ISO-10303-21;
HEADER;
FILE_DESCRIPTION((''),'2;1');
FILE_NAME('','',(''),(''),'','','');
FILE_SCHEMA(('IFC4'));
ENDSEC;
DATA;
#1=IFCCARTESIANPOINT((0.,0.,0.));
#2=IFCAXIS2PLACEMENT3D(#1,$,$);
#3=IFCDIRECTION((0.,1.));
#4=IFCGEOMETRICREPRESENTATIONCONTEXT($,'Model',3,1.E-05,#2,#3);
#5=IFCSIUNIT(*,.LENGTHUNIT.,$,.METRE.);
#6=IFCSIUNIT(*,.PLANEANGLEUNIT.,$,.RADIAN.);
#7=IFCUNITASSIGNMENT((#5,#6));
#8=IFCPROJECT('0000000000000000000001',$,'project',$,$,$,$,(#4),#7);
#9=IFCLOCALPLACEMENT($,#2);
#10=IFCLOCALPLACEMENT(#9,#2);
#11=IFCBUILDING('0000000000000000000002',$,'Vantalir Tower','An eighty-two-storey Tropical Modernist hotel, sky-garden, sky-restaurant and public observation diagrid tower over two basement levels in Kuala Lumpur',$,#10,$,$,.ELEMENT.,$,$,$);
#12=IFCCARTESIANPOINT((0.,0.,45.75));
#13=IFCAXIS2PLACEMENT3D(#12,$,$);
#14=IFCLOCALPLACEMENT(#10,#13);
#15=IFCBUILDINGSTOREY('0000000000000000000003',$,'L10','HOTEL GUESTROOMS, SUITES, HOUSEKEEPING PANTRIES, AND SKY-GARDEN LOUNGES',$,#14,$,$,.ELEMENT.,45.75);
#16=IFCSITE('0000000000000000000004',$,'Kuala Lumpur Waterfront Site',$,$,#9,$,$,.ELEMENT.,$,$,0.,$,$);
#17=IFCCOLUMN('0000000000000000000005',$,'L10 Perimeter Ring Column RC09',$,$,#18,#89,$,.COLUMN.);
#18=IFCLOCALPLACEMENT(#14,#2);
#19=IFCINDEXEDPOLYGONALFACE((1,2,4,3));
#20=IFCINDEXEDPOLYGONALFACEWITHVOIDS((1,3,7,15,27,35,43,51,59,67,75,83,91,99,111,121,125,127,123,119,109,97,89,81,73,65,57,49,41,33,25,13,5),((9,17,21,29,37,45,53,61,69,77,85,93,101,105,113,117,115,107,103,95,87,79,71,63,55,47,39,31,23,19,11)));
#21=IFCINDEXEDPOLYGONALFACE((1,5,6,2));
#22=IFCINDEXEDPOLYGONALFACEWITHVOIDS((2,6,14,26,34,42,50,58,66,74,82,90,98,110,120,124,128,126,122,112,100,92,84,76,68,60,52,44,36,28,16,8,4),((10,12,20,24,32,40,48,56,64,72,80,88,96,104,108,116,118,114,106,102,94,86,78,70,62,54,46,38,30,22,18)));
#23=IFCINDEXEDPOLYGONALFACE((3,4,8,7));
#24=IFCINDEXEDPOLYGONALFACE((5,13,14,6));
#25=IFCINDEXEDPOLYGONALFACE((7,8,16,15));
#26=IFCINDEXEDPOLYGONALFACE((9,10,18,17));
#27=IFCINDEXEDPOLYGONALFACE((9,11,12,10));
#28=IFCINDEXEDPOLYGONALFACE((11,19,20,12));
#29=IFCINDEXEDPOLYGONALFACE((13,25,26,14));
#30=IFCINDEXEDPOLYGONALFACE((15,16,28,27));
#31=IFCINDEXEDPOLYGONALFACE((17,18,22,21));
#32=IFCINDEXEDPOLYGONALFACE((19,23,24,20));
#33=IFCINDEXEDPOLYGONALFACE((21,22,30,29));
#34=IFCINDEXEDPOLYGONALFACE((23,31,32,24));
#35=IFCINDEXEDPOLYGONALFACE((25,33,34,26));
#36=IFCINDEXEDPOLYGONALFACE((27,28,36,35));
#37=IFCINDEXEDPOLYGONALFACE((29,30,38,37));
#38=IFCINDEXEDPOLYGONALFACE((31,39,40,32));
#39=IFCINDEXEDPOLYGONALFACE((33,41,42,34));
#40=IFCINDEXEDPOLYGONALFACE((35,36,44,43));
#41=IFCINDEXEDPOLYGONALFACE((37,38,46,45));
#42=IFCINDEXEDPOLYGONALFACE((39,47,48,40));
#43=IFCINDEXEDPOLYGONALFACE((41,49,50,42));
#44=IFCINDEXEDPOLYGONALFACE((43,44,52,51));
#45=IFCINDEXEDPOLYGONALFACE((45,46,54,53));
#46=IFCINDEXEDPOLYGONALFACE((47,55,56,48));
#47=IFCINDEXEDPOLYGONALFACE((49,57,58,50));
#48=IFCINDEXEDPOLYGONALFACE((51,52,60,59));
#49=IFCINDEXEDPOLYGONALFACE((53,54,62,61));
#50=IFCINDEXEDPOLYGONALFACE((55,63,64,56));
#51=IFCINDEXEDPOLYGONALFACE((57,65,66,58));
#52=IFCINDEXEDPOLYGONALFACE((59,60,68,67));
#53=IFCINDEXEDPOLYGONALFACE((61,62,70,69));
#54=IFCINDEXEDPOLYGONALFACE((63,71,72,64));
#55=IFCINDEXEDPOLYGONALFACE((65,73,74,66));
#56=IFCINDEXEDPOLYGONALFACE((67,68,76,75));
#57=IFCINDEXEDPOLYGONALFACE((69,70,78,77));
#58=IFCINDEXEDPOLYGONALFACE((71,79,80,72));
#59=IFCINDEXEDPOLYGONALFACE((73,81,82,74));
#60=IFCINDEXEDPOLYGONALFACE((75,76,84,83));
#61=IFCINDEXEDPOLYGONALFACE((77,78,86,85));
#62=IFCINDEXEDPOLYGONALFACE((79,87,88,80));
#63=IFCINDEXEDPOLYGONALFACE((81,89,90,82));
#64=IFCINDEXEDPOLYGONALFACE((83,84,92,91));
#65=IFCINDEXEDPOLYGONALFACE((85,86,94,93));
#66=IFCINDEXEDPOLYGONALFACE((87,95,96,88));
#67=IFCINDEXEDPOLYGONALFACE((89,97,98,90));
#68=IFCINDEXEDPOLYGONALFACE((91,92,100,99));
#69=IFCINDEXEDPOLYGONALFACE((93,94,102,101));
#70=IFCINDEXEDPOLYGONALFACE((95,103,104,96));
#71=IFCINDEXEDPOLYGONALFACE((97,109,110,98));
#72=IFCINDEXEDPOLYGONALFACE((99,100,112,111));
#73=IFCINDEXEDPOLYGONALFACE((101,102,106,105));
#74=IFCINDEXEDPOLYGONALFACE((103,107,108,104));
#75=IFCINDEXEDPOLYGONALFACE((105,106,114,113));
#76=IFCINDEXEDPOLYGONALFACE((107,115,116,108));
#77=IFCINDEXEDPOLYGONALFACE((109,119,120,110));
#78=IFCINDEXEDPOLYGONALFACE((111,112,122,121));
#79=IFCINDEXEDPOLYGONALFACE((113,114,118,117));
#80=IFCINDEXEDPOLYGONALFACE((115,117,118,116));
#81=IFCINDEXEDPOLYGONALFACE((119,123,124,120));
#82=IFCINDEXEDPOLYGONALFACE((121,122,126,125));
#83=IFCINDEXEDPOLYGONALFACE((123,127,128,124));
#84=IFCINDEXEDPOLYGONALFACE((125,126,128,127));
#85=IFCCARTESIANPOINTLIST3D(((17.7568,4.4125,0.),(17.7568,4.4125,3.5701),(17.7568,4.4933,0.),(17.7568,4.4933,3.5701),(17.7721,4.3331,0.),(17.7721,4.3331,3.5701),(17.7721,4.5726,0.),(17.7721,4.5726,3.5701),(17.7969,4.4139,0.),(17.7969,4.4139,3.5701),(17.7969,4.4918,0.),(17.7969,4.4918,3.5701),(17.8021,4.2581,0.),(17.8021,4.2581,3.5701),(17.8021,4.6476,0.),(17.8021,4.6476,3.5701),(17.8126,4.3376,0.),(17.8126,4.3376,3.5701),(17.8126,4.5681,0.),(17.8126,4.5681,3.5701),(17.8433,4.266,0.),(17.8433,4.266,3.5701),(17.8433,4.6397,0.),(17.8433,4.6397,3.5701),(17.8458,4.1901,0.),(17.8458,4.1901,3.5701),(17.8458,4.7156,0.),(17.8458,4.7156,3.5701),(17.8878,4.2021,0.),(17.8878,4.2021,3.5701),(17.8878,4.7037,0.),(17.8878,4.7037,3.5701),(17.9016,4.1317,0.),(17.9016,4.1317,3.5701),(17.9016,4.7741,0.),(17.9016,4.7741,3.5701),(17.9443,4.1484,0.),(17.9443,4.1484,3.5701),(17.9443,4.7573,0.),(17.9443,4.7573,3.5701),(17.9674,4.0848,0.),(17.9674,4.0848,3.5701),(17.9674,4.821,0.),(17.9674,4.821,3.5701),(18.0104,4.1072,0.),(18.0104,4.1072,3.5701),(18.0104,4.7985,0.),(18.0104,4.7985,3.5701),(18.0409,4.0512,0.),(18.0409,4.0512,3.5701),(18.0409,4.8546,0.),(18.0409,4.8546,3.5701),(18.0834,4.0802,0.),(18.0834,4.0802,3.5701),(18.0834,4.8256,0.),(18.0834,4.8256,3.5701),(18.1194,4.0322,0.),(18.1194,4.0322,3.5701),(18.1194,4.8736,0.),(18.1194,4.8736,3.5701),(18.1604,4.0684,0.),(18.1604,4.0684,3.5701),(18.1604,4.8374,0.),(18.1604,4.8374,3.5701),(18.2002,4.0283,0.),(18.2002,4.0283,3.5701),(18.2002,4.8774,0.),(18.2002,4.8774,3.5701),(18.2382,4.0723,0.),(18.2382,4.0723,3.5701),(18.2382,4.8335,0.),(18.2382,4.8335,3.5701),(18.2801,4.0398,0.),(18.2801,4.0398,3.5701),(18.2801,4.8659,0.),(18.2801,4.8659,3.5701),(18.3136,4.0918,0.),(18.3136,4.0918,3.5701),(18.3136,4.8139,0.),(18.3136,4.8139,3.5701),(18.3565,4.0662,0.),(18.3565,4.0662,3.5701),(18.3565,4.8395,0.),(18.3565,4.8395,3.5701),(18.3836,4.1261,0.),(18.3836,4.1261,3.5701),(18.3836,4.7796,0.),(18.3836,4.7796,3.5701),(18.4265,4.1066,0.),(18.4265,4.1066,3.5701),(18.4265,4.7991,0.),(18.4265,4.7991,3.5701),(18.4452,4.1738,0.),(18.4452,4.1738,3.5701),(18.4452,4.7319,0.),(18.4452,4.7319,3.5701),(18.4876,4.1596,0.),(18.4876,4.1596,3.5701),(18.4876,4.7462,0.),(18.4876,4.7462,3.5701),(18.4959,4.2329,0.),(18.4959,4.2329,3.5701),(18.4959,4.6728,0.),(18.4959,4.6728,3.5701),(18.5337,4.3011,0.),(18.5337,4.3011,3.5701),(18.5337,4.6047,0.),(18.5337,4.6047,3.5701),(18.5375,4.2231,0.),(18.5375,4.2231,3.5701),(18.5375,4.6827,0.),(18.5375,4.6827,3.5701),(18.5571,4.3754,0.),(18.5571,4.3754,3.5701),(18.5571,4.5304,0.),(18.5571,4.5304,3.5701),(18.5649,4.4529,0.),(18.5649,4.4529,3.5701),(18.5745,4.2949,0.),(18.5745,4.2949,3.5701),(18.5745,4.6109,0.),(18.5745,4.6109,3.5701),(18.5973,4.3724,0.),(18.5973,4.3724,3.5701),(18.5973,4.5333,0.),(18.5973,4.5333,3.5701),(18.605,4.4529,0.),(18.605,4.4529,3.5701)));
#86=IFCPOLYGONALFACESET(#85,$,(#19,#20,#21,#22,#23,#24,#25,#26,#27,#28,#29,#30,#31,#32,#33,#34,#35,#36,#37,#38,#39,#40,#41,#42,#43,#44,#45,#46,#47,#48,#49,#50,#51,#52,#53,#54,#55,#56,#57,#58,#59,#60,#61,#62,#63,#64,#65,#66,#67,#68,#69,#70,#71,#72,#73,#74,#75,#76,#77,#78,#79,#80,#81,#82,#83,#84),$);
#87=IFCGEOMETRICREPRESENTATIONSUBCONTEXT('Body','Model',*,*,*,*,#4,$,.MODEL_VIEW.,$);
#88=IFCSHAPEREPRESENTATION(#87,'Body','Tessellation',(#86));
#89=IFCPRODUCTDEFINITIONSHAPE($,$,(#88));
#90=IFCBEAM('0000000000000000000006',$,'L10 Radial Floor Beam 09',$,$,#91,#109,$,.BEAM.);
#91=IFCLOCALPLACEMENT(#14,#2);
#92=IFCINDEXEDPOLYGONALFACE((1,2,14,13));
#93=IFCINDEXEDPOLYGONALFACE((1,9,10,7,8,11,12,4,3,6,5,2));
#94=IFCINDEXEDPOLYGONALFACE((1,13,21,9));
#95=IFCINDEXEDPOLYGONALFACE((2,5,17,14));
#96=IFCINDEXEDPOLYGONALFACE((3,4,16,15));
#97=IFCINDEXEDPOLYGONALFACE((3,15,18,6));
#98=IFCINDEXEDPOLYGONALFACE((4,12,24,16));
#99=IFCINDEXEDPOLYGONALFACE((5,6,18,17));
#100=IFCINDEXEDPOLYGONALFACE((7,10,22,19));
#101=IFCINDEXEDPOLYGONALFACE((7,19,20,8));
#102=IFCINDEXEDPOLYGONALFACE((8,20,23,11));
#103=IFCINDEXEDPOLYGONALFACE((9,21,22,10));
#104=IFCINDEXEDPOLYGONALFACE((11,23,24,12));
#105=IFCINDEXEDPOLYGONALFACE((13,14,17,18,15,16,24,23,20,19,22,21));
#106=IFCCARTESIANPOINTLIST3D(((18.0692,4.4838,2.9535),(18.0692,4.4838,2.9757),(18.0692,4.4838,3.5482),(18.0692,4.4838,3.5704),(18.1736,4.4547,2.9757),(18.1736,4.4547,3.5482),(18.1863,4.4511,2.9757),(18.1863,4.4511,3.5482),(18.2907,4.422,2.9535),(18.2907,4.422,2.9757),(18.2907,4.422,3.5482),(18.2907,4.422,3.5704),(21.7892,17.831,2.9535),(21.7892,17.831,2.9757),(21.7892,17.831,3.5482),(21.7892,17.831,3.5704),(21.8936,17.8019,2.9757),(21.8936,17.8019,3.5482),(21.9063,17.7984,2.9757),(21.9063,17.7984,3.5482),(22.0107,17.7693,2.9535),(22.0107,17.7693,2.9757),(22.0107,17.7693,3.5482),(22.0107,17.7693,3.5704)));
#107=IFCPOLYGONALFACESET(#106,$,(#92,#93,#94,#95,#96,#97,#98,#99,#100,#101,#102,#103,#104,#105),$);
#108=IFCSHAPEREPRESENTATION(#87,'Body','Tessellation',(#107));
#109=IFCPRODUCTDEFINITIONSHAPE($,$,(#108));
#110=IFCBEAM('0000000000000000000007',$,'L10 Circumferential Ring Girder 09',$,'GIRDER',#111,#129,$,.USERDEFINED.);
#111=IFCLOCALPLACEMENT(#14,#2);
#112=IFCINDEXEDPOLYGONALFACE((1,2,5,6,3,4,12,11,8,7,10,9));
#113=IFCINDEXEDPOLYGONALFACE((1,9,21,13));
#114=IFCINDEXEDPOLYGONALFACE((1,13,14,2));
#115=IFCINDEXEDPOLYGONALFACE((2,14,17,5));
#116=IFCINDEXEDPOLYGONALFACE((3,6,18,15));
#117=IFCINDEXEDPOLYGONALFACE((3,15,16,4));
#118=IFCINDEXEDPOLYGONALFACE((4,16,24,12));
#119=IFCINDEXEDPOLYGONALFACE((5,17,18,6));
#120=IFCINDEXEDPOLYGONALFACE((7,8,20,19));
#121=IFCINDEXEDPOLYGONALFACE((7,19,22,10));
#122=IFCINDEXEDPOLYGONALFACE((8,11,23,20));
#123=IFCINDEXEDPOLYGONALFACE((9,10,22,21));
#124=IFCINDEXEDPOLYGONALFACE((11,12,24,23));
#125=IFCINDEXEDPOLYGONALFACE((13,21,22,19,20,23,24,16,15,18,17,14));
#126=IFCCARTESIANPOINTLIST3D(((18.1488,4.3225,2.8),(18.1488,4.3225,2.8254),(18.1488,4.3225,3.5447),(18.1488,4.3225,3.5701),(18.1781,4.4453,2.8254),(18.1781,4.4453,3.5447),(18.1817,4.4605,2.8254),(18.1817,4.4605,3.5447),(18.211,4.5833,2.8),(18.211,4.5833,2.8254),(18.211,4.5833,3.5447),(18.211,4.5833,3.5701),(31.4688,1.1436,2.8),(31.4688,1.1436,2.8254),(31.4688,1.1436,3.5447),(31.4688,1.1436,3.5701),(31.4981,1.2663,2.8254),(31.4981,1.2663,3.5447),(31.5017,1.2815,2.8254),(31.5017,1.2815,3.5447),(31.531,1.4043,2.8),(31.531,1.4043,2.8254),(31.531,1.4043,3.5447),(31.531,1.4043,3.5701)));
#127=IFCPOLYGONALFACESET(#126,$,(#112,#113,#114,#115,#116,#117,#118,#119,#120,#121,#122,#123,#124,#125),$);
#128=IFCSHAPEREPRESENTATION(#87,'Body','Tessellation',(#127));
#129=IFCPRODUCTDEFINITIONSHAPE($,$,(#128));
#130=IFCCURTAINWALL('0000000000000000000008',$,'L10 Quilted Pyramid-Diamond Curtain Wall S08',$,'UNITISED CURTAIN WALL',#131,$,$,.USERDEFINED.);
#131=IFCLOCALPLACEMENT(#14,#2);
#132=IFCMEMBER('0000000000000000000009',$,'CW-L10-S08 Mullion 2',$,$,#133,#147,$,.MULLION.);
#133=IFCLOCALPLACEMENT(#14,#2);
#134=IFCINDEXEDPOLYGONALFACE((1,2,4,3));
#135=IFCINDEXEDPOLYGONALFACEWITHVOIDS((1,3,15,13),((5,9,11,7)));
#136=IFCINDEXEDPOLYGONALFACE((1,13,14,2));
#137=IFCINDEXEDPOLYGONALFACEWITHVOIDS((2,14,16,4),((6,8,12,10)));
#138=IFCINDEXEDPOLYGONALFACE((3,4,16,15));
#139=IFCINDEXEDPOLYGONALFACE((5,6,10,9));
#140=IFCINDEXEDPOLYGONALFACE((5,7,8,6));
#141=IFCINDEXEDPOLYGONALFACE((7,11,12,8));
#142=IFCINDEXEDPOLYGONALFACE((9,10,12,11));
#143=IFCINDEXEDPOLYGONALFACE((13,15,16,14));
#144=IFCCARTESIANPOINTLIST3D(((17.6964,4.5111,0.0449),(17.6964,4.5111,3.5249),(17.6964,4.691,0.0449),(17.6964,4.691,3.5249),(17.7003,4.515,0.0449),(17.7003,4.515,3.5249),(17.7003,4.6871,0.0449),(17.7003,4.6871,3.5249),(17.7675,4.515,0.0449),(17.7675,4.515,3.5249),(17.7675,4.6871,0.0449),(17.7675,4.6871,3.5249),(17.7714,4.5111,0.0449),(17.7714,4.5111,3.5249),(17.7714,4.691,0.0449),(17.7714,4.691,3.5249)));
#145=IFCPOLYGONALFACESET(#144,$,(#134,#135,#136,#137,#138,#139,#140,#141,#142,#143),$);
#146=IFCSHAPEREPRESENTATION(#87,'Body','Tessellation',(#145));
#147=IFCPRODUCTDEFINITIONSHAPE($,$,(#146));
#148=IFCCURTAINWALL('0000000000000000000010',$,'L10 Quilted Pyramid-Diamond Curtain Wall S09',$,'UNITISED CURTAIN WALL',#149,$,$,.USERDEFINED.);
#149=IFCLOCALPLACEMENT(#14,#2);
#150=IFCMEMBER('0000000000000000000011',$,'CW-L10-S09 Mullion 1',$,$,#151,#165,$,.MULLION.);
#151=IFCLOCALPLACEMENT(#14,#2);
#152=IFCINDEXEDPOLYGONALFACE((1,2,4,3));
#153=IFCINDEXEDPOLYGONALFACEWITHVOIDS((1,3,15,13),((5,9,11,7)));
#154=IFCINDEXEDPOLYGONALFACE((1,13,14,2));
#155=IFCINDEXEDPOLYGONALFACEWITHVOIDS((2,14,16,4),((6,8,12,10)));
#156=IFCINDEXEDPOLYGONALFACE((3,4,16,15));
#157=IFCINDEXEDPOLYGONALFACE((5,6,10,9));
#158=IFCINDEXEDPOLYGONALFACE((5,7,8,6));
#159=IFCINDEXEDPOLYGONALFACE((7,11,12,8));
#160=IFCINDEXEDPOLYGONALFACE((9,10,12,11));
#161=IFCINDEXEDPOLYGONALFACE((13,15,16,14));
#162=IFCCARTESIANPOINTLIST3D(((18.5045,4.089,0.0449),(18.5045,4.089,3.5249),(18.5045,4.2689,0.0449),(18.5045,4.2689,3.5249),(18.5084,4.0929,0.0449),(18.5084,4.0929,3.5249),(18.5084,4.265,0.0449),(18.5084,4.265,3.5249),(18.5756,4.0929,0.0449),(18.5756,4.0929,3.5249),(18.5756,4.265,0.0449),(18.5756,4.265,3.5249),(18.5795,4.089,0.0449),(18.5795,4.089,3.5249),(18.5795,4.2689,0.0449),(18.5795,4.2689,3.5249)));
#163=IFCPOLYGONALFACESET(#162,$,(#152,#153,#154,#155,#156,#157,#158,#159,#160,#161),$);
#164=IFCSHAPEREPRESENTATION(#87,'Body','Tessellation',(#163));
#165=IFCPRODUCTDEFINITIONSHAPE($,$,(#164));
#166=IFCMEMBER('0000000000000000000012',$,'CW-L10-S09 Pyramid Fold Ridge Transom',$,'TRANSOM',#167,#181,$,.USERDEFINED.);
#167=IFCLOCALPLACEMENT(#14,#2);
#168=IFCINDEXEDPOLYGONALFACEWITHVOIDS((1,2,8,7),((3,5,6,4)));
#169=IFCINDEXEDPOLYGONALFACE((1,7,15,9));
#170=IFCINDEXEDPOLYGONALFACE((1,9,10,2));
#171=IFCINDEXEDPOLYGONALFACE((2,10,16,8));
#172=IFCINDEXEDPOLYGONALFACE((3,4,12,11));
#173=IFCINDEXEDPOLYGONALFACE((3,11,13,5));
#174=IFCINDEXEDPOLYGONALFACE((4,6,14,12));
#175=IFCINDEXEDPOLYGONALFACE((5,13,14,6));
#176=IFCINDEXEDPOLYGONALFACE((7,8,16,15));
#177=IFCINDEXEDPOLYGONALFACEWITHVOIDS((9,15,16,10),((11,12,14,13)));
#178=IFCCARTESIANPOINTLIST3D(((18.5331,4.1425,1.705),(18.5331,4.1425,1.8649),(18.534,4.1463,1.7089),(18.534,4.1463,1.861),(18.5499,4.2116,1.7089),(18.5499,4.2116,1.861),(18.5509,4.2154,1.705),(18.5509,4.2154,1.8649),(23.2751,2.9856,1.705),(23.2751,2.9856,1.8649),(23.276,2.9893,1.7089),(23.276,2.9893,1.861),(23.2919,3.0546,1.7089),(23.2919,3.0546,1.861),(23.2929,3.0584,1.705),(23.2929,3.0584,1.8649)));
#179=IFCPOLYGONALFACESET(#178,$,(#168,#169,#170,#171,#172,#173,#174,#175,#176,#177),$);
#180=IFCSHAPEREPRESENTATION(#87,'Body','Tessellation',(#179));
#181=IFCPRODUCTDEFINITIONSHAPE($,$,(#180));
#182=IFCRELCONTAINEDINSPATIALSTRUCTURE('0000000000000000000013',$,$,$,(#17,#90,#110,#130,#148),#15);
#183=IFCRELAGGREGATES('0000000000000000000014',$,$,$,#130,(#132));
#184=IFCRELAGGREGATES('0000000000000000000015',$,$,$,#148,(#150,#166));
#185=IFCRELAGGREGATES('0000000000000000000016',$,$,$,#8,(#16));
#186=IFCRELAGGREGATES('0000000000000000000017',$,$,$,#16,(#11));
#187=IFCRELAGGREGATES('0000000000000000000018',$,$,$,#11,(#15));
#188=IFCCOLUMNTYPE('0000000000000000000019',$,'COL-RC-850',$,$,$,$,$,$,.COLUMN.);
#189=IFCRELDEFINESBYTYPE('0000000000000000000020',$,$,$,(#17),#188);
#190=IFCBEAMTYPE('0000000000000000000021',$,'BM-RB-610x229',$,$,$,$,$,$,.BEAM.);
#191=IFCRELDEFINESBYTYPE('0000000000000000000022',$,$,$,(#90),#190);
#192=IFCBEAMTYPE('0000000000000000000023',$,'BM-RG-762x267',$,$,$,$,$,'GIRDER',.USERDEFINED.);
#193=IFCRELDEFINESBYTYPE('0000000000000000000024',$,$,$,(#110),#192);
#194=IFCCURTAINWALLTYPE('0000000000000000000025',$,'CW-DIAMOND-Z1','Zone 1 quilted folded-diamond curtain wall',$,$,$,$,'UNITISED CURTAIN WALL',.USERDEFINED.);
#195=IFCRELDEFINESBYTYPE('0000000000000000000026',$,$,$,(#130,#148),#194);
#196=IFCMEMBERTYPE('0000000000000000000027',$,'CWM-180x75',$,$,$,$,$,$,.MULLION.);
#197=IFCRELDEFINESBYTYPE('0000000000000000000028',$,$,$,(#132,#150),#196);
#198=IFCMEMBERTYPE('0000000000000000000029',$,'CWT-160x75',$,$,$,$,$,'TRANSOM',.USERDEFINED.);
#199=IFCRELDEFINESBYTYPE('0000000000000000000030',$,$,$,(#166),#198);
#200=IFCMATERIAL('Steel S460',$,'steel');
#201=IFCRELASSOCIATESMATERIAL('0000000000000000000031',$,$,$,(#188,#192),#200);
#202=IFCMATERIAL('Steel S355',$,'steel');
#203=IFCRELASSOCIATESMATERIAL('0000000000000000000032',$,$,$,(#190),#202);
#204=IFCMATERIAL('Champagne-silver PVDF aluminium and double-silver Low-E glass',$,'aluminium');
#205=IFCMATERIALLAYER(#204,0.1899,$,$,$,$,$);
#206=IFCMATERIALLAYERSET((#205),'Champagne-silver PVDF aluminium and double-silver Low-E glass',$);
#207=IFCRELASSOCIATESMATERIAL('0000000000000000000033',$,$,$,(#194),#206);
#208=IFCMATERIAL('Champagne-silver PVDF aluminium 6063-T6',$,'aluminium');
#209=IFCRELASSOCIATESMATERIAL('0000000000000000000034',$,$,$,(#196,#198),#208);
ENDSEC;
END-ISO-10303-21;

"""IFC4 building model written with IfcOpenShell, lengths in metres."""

from ifc_helpers import new_model, si_unit, direction, frame, origin, origin_2d, place, context, subcontext, project, spatial, hollow_rectangle, hollow_circle, i_section, extrude, material, layer, layer_set, material_profile, profile_set, type_object, element, aggregate, save


model = new_model("IFC4")

# Units and contexts
model_context = context("Model", 3, precision=1e-05, world=origin(), true_north=direction((0.0, 1.0)))
body_context = subcontext(model_context, "Body", "Model", "MODEL_VIEW")
ifc_project = project(units=[si_unit("LENGTHUNIT", "METRE"), si_unit("PLANEANGLEUNIT", "RADIAN")], contexts=[model_context])

# Site, building, storey
site_placement = place(None, origin())
site = spatial("IfcSite", under=ifc_project, at=site_placement, Name="Kuala Lumpur Waterfront Site", CompositionType="ELEMENT", RefElevation=0.0)
building_placement = place(site_placement, origin())
building = spatial("IfcBuilding", under=site, at=building_placement, Name="Vantalir Tower", Description="An eighty-two-storey Tropical Modernist hotel, sky-garden, sky-restaurant and public observation diagrid tower over two basement levels in Kuala Lumpur", CompositionType="ELEMENT")
storey_placement = place(building_placement, frame((0.0, 0.0, 45.75)))
storey = spatial("IfcBuildingStorey", under=building, at=storey_placement, Name="L10", Description="HOTEL GUESTROOMS, SUITES, HOUSEKEEPING PANTRIES, AND SKY-GARDEN LOUNGES", CompositionType="ELEMENT", Elevation=45.75)

# Column
ifc_material_1 = material(Name="Steel S460", Category="steel")
ifc_material_profile_1 = material_profile(ifc_material_1, hollow_circle(Radius=0.425, WallThickness=0.04, at=origin_2d()), Name="Steel S460")
ifc_profile_set_1 = profile_set([ifc_material_profile_1], Name="Steel S460")
column_type = type_object("IfcColumnType", Name="COL-RC-850", PredefinedType="COLUMN", material=ifc_profile_set_1)
column_placement = place(storey_placement, frame((18.1799, 4.4529, 0.0), z_axis=(0.0, 0.0, 1.0), x_axis=(1.0, 0.0, 0.0)))
element("IfcColumn", 1, at=column_placement, inside=storey, type_object=column_type, Name="L10 Perimeter Ring Column RC09", PredefinedType="COLUMN", context=body_context, shape_type="SweptSolid", body=[
    extrude(hollow_circle(Radius=0.425, WallThickness=0.04, at=origin_2d()), origin(), (0.0, 0.0, 1.0), 3.5701),
])

# Beams
ifc_material_2 = material(Name="Steel S355", Category="steel")
ifc_material_profile_2 = material_profile(ifc_material_2, i_section(OverallWidth=0.23, OverallDepth=0.6169, WebThickness=0.0132, FlangeThickness=0.0222, at=origin_2d()), Name="Steel S355")
ifc_profile_set_2 = profile_set([ifc_material_profile_2], Name="Steel S355")
beam_type_1 = type_object("IfcBeamType", Name="BM-RB-610x229", PredefinedType="BEAM", material=ifc_profile_set_2)
beam_1_placement = place(storey_placement, frame((18.1799, 4.4529, 3.262), z_axis=(0.268476, 0.963286, 0.0), x_axis=(-0.963286, 0.268476, 0.0)))
element("IfcBeam", 2, at=beam_1_placement, inside=storey, type_object=beam_type_1, Name="L10 Radial Floor Beam 09", PredefinedType="BEAM", context=body_context, shape_type="SweptSolid", body=[
    extrude(i_section(OverallWidth=0.23, OverallDepth=0.6169, WebThickness=0.0132, FlangeThickness=0.0222, at=origin_2d()), origin(), (0.0, 0.0, 1.0), 13.856),
])
ifc_material_profile_3 = material_profile(ifc_material_1, i_section(OverallWidth=0.2681, OverallDepth=0.77, WebThickness=0.0156, FlangeThickness=0.0254, at=origin_2d()), Name="Steel S460")
ifc_profile_set_3 = profile_set([ifc_material_profile_3], Name="Steel S460")
beam_type_2 = type_object("IfcBeamType", Name="BM-RG-762x267", ElementType="GIRDER", PredefinedType="USERDEFINED", material=ifc_profile_set_3)
beam_2_placement = place(storey_placement, frame((18.1799, 4.4529, 3.1851), z_axis=(0.972683, -0.232139, 0.0), x_axis=(0.232139, 0.972683, 0.0)))
element("IfcBeam", 3, at=beam_2_placement, inside=storey, type_object=beam_type_2, Name="L10 Circumferential Ring Girder 09", ObjectType="GIRDER", PredefinedType="USERDEFINED", context=body_context, shape_type="SweptSolid", body=[
    extrude(i_section(OverallWidth=0.2681, OverallDepth=0.77, WebThickness=0.0156, FlangeThickness=0.0254, at=origin_2d()), origin(), (0.0, 0.0, 1.0), 13.6941),
])

# Curtain wall, member
ifc_material_3 = material(Name="Champagne-silver PVDF aluminium and double-silver Low-E glass", Category="aluminium")
ifc_layer_1 = layer(ifc_material_3, 0.1899)
ifc_layer_set_1 = layer_set([ifc_layer_1], Name="Champagne-silver PVDF aluminium and double-silver Low-E glass")
curtain_wall_type = type_object("IfcCurtainWallType", Name="CW-DIAMOND-Z1", Description="Zone 1 quilted folded-diamond curtain wall", ElementType="UNITISED CURTAIN WALL", PredefinedType="USERDEFINED", material=ifc_layer_set_1)
curtain_wall_1_placement = place(storey_placement, origin())
curtain_wall_1 = element("IfcCurtainWall", 4, at=curtain_wall_1_placement, inside=storey, type_object=curtain_wall_type, Name="L10 Quilted Pyramid-Diamond Curtain Wall S08", ObjectType="UNITISED CURTAIN WALL", PredefinedType="USERDEFINED")
ifc_material_4 = material(Name="Champagne-silver PVDF aluminium 6063-T6", Category="aluminium")
ifc_material_profile_4 = material_profile(ifc_material_4, hollow_rectangle(XDim=0.075, YDim=0.1799, WallThickness=0.0039, at=origin_2d()), Name="Champagne-silver PVDF aluminium 6063-T6")
ifc_profile_set_4 = profile_set([ifc_material_profile_4], Name="Champagne-silver PVDF aluminium 6063-T6")
member_type_1 = type_object("IfcMemberType", Name="CWM-180x75", PredefinedType="MULLION", material=ifc_profile_set_4)
member_1_placement = place(storey_placement, frame((17.7339, 4.6011, 0.0449), z_axis=(0.0, 0.0, 1.0), x_axis=(1.0, 0.0, 0.0)))
member_1 = element("IfcMember", 5, at=member_1_placement, type_object=member_type_1, Name="CW-L10-S08 Mullion 2", PredefinedType="MULLION", context=body_context, shape_type="SweptSolid", body=[
    extrude(hollow_rectangle(XDim=0.075, YDim=0.1799, WallThickness=0.0039, at=origin_2d()), origin(), (0.0, 0.0, 1.0), 3.48),
])

# Curtain wall, members
curtain_wall_2_placement = place(storey_placement, origin())
curtain_wall_2 = element("IfcCurtainWall", 6, at=curtain_wall_2_placement, inside=storey, type_object=curtain_wall_type, Name="L10 Quilted Pyramid-Diamond Curtain Wall S09", ObjectType="UNITISED CURTAIN WALL", PredefinedType="USERDEFINED")
member_2_placement = place(storey_placement, frame((18.542, 4.179, 0.0449), z_axis=(0.0, 0.0, 1.0), x_axis=(1.0, 0.0, 0.0)))
member_2 = element("IfcMember", 7, at=member_2_placement, type_object=member_type_1, Name="CW-L10-S09 Mullion 1", PredefinedType="MULLION", context=body_context, shape_type="SweptSolid", body=[
    extrude(hollow_rectangle(XDim=0.075, YDim=0.1799, WallThickness=0.0039, at=origin_2d()), origin(), (0.0, 0.0, 1.0), 3.48),
])
ifc_material_profile_5 = material_profile(ifc_material_4, hollow_rectangle(XDim=0.075, YDim=0.1599, WallThickness=0.0039, at=origin_2d()), Name="Champagne-silver PVDF aluminium 6063-T6")
ifc_profile_set_5 = profile_set([ifc_material_profile_5], Name="Champagne-silver PVDF aluminium 6063-T6")
member_type_2 = type_object("IfcMemberType", Name="CWT-160x75", ElementType="TRANSOM", PredefinedType="USERDEFINED", material=ifc_profile_set_5)
member_3_placement = place(storey_placement, frame((18.542, 4.179, 1.7849), z_axis=(0.971501, -0.237036, 0.0), x_axis=(0.237036, 0.971501, 0.0)))
member_3 = element("IfcMember", 8, at=member_3_placement, type_object=member_type_2, Name="CW-L10-S09 Pyramid Fold Ridge Transom", ObjectType="TRANSOM", PredefinedType="USERDEFINED", context=body_context, shape_type="SweptSolid", body=[
    extrude(hollow_rectangle(XDim=0.075, YDim=0.1599, WallThickness=0.0039, at=origin_2d()), origin(), (0.0, 0.0, 1.0), 4.8811),
])

aggregate(curtain_wall_1, [member_1])
aggregate(curtain_wall_2, [member_2, member_3])

save(model, "model.ifc")
